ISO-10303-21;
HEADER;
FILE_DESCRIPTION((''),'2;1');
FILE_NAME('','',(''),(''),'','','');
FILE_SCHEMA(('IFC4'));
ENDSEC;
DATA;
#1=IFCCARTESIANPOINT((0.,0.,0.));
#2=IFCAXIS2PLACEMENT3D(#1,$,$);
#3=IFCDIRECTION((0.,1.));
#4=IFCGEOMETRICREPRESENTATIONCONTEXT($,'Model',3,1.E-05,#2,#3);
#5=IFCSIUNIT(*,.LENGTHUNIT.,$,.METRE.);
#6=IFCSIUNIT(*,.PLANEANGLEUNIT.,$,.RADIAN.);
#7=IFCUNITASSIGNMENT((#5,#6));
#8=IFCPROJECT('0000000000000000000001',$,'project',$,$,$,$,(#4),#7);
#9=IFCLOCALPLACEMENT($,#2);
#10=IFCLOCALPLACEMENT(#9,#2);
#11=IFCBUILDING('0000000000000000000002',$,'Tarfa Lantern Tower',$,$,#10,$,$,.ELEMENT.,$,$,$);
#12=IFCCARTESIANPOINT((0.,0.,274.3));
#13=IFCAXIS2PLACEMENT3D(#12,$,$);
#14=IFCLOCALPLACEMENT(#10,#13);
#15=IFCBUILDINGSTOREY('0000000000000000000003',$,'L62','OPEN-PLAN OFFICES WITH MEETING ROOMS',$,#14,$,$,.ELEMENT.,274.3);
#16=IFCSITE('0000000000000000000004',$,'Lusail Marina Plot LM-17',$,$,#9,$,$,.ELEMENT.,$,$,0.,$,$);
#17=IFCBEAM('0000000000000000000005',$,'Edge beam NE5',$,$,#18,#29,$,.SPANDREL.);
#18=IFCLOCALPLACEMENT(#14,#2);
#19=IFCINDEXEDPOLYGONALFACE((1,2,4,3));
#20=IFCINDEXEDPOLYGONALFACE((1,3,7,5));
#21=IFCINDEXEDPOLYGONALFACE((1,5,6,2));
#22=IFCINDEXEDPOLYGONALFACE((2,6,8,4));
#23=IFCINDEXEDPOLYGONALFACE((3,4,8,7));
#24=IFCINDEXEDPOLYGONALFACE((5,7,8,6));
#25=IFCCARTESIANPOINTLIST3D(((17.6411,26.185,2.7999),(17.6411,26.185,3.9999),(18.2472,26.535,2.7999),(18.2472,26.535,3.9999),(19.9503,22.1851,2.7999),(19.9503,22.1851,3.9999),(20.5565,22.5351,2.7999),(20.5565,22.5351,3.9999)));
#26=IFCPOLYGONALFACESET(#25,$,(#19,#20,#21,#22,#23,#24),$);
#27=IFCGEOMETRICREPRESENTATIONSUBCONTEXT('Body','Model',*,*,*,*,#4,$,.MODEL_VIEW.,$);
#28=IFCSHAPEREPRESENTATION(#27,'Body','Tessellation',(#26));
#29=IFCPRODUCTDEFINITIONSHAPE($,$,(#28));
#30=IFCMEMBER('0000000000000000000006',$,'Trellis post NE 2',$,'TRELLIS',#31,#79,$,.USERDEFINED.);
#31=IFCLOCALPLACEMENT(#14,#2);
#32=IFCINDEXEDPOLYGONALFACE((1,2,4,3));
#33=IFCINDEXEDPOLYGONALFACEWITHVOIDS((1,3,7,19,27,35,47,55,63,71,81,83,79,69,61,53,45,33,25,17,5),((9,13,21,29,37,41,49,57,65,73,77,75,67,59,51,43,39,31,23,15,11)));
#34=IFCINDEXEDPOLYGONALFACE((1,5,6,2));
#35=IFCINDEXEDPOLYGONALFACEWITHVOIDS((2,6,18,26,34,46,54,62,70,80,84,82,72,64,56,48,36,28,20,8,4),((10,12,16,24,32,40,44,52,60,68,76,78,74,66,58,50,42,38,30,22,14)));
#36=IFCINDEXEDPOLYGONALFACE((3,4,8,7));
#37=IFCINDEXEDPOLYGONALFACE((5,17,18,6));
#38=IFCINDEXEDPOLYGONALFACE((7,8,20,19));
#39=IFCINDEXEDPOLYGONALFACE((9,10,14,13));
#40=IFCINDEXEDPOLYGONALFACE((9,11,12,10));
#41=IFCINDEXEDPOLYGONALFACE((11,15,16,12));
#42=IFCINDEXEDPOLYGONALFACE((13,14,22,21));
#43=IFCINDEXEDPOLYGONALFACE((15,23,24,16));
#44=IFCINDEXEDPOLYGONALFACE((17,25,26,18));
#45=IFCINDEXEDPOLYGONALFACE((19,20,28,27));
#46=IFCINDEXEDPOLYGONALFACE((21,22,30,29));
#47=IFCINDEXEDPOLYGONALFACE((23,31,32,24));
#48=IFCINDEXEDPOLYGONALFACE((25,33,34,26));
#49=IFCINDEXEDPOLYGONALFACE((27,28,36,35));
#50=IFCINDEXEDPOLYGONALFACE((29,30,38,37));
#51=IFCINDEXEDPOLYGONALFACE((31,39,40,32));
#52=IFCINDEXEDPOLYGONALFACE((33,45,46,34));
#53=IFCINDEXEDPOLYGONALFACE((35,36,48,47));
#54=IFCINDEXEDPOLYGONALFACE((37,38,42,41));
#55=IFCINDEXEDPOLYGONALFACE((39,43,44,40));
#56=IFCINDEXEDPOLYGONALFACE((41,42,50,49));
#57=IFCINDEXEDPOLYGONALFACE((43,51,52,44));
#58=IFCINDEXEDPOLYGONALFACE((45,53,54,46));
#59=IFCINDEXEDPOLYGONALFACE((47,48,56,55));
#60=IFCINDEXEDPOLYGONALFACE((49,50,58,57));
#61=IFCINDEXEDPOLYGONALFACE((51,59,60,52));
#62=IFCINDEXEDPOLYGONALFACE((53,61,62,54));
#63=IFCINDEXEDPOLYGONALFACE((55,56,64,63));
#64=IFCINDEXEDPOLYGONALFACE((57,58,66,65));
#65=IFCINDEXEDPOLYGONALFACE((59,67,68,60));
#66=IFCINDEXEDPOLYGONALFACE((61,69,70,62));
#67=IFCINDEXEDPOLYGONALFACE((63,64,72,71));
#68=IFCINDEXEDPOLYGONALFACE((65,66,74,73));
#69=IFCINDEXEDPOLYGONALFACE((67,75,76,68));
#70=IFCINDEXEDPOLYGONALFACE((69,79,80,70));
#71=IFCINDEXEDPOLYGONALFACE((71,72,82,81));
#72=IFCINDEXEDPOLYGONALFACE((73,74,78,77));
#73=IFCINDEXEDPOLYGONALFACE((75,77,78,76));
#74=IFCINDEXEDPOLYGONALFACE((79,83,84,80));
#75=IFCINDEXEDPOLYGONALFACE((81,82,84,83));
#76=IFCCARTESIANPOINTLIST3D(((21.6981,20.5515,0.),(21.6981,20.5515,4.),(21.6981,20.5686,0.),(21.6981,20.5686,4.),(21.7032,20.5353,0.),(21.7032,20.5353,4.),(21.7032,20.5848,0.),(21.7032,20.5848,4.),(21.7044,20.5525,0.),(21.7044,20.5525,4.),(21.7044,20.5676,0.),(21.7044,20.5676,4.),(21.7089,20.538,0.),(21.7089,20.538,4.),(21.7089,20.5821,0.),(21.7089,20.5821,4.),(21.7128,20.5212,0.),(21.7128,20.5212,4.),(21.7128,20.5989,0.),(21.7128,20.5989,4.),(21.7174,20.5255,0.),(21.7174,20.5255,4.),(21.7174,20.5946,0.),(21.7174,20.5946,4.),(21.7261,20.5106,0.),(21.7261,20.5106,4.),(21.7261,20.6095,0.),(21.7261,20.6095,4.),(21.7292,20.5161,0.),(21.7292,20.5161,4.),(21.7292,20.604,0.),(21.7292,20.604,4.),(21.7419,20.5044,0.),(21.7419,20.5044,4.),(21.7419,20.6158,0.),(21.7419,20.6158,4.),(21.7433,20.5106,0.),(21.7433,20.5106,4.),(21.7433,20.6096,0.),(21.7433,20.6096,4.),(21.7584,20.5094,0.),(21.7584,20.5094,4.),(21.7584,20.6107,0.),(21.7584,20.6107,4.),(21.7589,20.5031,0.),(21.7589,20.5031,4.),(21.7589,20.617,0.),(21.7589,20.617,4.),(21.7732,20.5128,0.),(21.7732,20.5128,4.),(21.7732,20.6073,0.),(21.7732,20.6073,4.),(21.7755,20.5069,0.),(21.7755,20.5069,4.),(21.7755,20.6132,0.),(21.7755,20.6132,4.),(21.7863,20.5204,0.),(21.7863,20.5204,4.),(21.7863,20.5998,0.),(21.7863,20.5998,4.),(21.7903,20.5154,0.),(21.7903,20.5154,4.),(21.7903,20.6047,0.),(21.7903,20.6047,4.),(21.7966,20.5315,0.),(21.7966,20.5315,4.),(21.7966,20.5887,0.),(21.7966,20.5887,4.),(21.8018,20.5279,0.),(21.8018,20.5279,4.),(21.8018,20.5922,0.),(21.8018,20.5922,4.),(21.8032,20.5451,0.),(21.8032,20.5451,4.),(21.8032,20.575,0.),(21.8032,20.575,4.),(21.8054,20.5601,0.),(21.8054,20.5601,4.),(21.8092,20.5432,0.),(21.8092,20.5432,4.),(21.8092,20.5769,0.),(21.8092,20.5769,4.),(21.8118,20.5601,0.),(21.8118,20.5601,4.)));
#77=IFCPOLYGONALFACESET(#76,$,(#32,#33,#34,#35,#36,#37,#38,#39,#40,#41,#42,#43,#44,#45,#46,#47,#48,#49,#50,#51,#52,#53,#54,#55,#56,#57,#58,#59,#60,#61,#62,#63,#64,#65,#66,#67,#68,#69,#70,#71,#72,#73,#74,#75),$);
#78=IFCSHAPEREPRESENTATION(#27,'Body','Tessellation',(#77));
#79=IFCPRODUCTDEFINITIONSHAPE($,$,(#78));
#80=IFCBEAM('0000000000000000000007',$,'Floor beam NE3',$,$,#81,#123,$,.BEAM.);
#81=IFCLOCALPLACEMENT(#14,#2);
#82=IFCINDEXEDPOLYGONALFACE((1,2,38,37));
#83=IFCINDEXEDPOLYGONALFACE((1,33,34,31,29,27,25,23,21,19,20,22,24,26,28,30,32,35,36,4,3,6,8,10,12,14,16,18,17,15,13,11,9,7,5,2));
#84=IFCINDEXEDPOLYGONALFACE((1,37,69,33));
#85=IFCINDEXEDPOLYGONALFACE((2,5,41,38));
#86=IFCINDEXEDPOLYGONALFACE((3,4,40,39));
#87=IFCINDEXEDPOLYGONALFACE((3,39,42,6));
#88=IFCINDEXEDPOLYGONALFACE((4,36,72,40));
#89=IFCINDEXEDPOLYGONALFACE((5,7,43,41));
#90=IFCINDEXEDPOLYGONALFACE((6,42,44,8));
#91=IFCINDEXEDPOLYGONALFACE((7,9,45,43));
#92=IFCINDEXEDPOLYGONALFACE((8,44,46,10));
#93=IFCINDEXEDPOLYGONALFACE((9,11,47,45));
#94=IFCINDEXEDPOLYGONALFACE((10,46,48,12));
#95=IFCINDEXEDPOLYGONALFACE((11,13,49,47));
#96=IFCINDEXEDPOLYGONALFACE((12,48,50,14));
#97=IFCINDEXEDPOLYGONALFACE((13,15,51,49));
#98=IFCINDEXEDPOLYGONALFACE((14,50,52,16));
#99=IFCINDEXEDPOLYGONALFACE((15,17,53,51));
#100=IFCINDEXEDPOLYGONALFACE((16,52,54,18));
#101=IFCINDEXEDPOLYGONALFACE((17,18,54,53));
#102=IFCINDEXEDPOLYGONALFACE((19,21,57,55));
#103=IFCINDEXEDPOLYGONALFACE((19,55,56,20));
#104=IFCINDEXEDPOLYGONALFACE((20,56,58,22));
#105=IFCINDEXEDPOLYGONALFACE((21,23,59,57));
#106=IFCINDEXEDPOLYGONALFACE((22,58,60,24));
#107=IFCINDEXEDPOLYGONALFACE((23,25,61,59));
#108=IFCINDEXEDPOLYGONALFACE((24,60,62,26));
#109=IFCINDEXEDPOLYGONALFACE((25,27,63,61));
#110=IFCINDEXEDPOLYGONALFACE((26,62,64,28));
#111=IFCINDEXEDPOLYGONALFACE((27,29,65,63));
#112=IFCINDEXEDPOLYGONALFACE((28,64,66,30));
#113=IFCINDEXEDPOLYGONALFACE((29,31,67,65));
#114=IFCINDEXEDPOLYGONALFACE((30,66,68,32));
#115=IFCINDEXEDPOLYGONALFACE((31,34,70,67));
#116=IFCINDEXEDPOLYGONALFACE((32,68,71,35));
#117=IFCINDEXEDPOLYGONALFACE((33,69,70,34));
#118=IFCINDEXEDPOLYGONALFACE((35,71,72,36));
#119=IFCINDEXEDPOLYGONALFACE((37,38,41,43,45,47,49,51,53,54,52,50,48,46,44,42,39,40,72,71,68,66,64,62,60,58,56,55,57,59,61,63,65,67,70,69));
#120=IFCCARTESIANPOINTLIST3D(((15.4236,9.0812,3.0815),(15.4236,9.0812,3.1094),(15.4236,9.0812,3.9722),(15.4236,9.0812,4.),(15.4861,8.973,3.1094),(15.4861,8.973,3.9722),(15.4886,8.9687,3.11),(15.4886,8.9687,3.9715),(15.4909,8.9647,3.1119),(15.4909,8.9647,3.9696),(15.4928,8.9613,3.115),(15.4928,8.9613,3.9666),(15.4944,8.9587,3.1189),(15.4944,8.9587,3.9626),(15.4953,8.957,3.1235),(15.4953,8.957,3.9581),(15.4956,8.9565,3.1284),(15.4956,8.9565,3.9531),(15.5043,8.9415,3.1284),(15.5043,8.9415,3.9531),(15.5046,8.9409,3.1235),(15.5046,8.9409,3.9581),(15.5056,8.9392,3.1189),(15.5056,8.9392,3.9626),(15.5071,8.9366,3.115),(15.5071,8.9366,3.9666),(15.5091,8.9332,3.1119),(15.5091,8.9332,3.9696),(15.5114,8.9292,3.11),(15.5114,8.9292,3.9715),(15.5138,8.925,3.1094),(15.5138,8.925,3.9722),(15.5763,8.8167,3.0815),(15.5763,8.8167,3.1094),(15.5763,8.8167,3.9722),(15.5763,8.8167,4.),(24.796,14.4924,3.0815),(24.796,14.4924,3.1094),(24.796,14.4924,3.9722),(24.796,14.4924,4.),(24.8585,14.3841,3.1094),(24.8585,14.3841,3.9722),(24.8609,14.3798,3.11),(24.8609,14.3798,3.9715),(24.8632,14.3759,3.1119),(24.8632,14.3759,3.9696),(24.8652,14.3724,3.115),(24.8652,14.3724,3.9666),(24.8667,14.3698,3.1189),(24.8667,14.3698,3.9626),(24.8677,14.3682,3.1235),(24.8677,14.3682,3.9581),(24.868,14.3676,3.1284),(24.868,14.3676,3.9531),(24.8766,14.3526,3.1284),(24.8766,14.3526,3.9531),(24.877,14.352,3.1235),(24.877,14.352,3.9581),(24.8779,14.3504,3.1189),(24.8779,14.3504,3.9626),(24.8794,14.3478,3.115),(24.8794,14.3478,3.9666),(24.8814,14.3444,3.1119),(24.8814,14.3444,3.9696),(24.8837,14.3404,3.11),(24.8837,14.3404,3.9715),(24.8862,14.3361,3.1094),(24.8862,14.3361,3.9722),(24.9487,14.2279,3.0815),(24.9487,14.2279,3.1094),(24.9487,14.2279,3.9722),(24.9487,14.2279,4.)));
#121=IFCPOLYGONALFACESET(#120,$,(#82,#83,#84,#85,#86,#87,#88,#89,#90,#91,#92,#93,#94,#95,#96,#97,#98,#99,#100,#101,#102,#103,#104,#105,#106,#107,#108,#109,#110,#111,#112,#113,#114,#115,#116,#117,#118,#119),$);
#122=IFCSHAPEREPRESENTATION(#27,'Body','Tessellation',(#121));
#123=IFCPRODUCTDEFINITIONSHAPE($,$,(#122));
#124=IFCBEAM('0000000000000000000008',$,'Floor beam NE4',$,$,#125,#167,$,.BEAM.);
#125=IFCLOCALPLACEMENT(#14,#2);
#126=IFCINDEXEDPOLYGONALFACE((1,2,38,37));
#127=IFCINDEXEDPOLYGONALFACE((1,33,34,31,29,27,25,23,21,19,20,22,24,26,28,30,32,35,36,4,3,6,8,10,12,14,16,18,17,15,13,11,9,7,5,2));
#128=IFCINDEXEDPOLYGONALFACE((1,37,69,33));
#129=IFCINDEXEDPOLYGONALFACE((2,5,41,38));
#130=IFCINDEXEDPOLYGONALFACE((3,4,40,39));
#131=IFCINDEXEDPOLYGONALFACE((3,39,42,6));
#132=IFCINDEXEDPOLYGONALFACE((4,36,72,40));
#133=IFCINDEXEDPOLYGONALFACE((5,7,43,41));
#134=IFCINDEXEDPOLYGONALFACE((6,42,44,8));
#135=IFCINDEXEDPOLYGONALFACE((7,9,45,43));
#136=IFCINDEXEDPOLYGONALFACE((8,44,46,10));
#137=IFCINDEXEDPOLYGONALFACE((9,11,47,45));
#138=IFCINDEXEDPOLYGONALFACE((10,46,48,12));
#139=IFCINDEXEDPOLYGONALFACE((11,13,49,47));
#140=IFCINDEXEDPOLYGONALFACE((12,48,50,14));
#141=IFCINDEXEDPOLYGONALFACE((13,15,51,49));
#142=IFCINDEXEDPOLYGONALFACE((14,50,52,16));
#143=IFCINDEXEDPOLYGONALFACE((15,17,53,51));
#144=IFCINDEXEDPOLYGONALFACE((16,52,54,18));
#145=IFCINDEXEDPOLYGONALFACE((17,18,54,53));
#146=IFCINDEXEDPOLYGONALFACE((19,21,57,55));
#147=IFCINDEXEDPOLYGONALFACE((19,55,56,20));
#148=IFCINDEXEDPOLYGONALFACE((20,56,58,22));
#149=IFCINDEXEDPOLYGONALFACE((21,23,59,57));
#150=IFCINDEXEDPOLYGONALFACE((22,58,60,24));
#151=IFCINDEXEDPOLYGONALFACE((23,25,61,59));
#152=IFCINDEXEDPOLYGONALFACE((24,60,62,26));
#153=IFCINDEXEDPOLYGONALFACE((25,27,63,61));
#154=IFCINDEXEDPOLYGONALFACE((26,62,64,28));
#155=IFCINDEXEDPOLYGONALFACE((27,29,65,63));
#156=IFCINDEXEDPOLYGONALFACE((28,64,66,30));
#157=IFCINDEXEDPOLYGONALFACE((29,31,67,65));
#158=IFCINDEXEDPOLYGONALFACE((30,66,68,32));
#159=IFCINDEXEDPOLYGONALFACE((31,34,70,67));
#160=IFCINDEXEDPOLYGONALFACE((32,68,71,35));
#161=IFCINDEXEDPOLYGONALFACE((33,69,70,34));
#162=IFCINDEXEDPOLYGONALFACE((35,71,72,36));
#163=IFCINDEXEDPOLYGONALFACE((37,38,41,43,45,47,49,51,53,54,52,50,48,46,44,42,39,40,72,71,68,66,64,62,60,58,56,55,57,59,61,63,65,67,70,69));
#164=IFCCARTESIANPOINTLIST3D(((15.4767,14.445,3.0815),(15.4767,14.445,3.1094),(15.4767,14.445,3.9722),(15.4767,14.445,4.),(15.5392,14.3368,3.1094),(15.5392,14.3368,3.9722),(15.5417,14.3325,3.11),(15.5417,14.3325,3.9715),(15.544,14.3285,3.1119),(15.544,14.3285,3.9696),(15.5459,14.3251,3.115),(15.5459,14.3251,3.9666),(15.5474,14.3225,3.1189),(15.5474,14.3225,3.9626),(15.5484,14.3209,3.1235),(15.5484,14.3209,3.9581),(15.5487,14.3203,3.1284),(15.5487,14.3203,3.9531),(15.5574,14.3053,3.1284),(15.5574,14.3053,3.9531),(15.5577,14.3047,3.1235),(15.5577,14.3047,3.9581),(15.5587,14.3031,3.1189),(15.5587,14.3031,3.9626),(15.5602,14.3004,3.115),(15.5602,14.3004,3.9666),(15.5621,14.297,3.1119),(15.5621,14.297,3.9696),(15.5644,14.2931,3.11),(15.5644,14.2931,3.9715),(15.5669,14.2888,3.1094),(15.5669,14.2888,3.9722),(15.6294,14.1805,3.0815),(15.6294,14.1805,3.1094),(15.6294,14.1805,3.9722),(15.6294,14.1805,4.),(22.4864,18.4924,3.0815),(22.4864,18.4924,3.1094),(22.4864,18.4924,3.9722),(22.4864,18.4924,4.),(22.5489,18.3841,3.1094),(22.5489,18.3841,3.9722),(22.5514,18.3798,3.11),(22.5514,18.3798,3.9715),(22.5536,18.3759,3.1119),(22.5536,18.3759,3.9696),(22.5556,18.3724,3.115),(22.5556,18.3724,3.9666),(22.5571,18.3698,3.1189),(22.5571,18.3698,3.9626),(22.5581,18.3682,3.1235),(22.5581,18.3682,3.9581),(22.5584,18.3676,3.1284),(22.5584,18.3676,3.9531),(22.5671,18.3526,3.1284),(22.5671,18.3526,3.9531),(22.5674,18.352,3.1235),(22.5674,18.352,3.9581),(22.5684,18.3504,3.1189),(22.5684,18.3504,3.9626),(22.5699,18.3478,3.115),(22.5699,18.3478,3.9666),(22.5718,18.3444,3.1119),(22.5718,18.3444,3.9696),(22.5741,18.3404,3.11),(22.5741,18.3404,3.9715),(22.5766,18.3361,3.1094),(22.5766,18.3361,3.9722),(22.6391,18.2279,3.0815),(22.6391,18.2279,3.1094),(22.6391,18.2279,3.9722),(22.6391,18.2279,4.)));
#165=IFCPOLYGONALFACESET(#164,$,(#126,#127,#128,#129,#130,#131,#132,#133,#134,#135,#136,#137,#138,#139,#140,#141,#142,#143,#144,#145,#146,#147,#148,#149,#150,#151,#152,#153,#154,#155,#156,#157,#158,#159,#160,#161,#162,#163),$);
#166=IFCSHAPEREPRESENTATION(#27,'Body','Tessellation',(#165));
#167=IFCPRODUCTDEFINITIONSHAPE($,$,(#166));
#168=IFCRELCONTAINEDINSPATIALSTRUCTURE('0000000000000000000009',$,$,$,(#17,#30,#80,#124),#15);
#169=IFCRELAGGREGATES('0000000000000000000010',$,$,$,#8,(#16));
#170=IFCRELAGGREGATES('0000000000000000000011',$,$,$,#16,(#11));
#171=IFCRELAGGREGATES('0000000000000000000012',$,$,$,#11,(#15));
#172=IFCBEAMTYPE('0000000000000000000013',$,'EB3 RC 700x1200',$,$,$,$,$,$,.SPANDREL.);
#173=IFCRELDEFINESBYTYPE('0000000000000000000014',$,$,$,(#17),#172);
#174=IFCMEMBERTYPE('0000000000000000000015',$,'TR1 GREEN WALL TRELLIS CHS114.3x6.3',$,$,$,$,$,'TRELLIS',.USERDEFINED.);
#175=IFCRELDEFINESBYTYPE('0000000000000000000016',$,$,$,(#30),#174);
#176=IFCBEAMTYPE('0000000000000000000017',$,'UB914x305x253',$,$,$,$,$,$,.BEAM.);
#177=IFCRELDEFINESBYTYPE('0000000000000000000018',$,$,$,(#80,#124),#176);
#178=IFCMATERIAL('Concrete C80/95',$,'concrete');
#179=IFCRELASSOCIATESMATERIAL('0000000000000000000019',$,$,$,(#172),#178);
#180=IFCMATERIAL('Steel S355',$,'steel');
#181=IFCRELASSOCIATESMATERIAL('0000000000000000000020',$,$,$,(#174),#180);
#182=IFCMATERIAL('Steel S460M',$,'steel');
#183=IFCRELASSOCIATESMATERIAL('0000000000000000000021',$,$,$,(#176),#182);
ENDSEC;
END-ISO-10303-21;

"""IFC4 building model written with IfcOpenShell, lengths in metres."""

from ifc_helpers import new_model, si_unit, direction, frame, origin, origin_2d, place, context, subcontext, project, spatial, rectangle, hollow_circle, i_section, extrude, material, material_profile, profile_set, type_object, element, save


model = new_model("IFC4")

# Units and contexts
model_context = context("Model", 3, precision=1e-05, world=origin(), true_north=direction((0.0, 1.0)))
body_context = subcontext(model_context, "Body", "Model", "MODEL_VIEW")
ifc_project = project(units=[si_unit("LENGTHUNIT", "METRE"), si_unit("PLANEANGLEUNIT", "RADIAN")], contexts=[model_context])

# Site, building, storey
site_placement = place(None, origin())
site = spatial("IfcSite", under=ifc_project, at=site_placement, Name="Lusail Marina Plot LM-17", CompositionType="ELEMENT", RefElevation=0.0)
building_placement = place(site_placement, origin())
building = spatial("IfcBuilding", under=site, at=building_placement, Name="Tarfa Lantern Tower", CompositionType="ELEMENT")
storey_placement = place(building_placement, frame((0.0, 0.0, 274.3)))
storey = spatial("IfcBuildingStorey", under=building, at=storey_placement, Name="L62", Description="OPEN-PLAN OFFICES WITH MEETING ROOMS", CompositionType="ELEMENT", Elevation=274.3)

# Shared definitions
ifc_material_1 = material(Name="Concrete C80/95", Category="concrete")

# Beam
ifc_material_profile_1 = material_profile(ifc_material_1, rectangle(XDim=0.7, YDim=1.2, at=origin_2d()), Name="RC 700x1200")
ifc_profile_set_1 = profile_set([ifc_material_profile_1], Name="Concrete C80/95")
beam_type_1 = type_object("IfcBeamType", Name="EB3 RC 700x1200", PredefinedType="SPANDREL", material=ifc_profile_set_1)
for number, where, z_axis, x_axis, name in (
    (1, (20.2534, 22.3601, 3.3999), (-0.499988, 0.866032, 0.0), (-0.866032, -0.499988, 0.0), "Edge beam NE5"),
):
    element("IfcBeam", number, at=place(storey_placement, frame(where, z_axis=z_axis, x_axis=x_axis)), inside=storey, type_object=beam_type_1, Name=name, PredefinedType="SPANDREL", context=body_context, shape_type="SweptSolid", body=[
        extrude(rectangle(XDim=0.7, YDim=1.2, at=origin_2d()), origin(), (0.0, 0.0, 1.0), 4.6187),
    ])

# Member
ifc_material_2 = material(Name="Steel S355", Category="steel")
ifc_material_profile_2 = material_profile(ifc_material_2, hollow_circle(Radius=0.0571, WallThickness=0.0063, at=origin_2d()), Name="CHS114.3x6.3")
ifc_profile_set_2 = profile_set([ifc_material_profile_2], Name="Steel S355")
member_type_1 = type_object("IfcMemberType", Name="TR1 GREEN WALL TRELLIS CHS114.3x6.3", ElementType="TRELLIS", PredefinedType="USERDEFINED", material=ifc_profile_set_2)
member_1_placement = place(storey_placement, frame((21.7546, 20.5601, 0.0), z_axis=(0.0, 0.0, 1.0), x_axis=(1.0, 0.0, 0.0)))
element("IfcMember", 2, at=member_1_placement, inside=storey, type_object=member_type_1, Name="Trellis post NE 2", ObjectType="TRELLIS", PredefinedType="USERDEFINED", context=body_context, shape_type="SweptSolid", body=[
    extrude(hollow_circle(Radius=0.0571, WallThickness=0.0063, at=origin_2d()), origin(), (0.0, 0.0, 1.0), 4.0),
])

# Beams
ifc_material_3 = material(Name="Steel S460M", Category="steel")
ifc_material_profile_3 = material_profile(ifc_material_3, i_section(OverallWidth=0.3054, OverallDepth=0.9185, WebThickness=0.0173, FlangeThickness=0.0278, FilletRadius=0.019, at=origin_2d()), Name="UB914x305x253")
ifc_profile_set_3 = profile_set([ifc_material_profile_3], Name="Steel S460M")
beam_type_2 = type_object("IfcBeamType", Name="UB914x305x253", PredefinedType="BEAM", material=ifc_profile_set_3)
beam_1_placement = place(storey_placement, frame((24.8723, 14.3601, 3.5408), z_axis=(-0.866024, -0.500002, 0.0), x_axis=(0.500002, -0.866024, 0.0)))
element("IfcBeam", 3, at=beam_1_placement, inside=storey, type_object=beam_type_2, Name="Floor beam NE3", PredefinedType="BEAM", context=body_context, shape_type="SweptSolid", body=[
    extrude(i_section(OverallWidth=0.3054, OverallDepth=0.9185, WebThickness=0.0173, FlangeThickness=0.0278, FilletRadius=0.019, at=origin_2d()), origin(), (0.0, 0.0, 1.0), 10.8223),
])
beam_2_placement = place(storey_placement, frame((22.5627, 18.3601, 3.5408), z_axis=(-0.866011, -0.500025, 0.0), x_axis=(0.500025, -0.866011, 0.0)))
element("IfcBeam", 4, at=beam_2_placement, inside=storey, type_object=beam_type_2, Name="Floor beam NE4", PredefinedType="BEAM", context=body_context, shape_type="SweptSolid", body=[
    extrude(i_section(OverallWidth=0.3054, OverallDepth=0.9185, WebThickness=0.0173, FlangeThickness=0.0278, FilletRadius=0.019, at=origin_2d()), origin(), (0.0, 0.0, 1.0), 8.0942),
])

save(model, "model.ifc")
